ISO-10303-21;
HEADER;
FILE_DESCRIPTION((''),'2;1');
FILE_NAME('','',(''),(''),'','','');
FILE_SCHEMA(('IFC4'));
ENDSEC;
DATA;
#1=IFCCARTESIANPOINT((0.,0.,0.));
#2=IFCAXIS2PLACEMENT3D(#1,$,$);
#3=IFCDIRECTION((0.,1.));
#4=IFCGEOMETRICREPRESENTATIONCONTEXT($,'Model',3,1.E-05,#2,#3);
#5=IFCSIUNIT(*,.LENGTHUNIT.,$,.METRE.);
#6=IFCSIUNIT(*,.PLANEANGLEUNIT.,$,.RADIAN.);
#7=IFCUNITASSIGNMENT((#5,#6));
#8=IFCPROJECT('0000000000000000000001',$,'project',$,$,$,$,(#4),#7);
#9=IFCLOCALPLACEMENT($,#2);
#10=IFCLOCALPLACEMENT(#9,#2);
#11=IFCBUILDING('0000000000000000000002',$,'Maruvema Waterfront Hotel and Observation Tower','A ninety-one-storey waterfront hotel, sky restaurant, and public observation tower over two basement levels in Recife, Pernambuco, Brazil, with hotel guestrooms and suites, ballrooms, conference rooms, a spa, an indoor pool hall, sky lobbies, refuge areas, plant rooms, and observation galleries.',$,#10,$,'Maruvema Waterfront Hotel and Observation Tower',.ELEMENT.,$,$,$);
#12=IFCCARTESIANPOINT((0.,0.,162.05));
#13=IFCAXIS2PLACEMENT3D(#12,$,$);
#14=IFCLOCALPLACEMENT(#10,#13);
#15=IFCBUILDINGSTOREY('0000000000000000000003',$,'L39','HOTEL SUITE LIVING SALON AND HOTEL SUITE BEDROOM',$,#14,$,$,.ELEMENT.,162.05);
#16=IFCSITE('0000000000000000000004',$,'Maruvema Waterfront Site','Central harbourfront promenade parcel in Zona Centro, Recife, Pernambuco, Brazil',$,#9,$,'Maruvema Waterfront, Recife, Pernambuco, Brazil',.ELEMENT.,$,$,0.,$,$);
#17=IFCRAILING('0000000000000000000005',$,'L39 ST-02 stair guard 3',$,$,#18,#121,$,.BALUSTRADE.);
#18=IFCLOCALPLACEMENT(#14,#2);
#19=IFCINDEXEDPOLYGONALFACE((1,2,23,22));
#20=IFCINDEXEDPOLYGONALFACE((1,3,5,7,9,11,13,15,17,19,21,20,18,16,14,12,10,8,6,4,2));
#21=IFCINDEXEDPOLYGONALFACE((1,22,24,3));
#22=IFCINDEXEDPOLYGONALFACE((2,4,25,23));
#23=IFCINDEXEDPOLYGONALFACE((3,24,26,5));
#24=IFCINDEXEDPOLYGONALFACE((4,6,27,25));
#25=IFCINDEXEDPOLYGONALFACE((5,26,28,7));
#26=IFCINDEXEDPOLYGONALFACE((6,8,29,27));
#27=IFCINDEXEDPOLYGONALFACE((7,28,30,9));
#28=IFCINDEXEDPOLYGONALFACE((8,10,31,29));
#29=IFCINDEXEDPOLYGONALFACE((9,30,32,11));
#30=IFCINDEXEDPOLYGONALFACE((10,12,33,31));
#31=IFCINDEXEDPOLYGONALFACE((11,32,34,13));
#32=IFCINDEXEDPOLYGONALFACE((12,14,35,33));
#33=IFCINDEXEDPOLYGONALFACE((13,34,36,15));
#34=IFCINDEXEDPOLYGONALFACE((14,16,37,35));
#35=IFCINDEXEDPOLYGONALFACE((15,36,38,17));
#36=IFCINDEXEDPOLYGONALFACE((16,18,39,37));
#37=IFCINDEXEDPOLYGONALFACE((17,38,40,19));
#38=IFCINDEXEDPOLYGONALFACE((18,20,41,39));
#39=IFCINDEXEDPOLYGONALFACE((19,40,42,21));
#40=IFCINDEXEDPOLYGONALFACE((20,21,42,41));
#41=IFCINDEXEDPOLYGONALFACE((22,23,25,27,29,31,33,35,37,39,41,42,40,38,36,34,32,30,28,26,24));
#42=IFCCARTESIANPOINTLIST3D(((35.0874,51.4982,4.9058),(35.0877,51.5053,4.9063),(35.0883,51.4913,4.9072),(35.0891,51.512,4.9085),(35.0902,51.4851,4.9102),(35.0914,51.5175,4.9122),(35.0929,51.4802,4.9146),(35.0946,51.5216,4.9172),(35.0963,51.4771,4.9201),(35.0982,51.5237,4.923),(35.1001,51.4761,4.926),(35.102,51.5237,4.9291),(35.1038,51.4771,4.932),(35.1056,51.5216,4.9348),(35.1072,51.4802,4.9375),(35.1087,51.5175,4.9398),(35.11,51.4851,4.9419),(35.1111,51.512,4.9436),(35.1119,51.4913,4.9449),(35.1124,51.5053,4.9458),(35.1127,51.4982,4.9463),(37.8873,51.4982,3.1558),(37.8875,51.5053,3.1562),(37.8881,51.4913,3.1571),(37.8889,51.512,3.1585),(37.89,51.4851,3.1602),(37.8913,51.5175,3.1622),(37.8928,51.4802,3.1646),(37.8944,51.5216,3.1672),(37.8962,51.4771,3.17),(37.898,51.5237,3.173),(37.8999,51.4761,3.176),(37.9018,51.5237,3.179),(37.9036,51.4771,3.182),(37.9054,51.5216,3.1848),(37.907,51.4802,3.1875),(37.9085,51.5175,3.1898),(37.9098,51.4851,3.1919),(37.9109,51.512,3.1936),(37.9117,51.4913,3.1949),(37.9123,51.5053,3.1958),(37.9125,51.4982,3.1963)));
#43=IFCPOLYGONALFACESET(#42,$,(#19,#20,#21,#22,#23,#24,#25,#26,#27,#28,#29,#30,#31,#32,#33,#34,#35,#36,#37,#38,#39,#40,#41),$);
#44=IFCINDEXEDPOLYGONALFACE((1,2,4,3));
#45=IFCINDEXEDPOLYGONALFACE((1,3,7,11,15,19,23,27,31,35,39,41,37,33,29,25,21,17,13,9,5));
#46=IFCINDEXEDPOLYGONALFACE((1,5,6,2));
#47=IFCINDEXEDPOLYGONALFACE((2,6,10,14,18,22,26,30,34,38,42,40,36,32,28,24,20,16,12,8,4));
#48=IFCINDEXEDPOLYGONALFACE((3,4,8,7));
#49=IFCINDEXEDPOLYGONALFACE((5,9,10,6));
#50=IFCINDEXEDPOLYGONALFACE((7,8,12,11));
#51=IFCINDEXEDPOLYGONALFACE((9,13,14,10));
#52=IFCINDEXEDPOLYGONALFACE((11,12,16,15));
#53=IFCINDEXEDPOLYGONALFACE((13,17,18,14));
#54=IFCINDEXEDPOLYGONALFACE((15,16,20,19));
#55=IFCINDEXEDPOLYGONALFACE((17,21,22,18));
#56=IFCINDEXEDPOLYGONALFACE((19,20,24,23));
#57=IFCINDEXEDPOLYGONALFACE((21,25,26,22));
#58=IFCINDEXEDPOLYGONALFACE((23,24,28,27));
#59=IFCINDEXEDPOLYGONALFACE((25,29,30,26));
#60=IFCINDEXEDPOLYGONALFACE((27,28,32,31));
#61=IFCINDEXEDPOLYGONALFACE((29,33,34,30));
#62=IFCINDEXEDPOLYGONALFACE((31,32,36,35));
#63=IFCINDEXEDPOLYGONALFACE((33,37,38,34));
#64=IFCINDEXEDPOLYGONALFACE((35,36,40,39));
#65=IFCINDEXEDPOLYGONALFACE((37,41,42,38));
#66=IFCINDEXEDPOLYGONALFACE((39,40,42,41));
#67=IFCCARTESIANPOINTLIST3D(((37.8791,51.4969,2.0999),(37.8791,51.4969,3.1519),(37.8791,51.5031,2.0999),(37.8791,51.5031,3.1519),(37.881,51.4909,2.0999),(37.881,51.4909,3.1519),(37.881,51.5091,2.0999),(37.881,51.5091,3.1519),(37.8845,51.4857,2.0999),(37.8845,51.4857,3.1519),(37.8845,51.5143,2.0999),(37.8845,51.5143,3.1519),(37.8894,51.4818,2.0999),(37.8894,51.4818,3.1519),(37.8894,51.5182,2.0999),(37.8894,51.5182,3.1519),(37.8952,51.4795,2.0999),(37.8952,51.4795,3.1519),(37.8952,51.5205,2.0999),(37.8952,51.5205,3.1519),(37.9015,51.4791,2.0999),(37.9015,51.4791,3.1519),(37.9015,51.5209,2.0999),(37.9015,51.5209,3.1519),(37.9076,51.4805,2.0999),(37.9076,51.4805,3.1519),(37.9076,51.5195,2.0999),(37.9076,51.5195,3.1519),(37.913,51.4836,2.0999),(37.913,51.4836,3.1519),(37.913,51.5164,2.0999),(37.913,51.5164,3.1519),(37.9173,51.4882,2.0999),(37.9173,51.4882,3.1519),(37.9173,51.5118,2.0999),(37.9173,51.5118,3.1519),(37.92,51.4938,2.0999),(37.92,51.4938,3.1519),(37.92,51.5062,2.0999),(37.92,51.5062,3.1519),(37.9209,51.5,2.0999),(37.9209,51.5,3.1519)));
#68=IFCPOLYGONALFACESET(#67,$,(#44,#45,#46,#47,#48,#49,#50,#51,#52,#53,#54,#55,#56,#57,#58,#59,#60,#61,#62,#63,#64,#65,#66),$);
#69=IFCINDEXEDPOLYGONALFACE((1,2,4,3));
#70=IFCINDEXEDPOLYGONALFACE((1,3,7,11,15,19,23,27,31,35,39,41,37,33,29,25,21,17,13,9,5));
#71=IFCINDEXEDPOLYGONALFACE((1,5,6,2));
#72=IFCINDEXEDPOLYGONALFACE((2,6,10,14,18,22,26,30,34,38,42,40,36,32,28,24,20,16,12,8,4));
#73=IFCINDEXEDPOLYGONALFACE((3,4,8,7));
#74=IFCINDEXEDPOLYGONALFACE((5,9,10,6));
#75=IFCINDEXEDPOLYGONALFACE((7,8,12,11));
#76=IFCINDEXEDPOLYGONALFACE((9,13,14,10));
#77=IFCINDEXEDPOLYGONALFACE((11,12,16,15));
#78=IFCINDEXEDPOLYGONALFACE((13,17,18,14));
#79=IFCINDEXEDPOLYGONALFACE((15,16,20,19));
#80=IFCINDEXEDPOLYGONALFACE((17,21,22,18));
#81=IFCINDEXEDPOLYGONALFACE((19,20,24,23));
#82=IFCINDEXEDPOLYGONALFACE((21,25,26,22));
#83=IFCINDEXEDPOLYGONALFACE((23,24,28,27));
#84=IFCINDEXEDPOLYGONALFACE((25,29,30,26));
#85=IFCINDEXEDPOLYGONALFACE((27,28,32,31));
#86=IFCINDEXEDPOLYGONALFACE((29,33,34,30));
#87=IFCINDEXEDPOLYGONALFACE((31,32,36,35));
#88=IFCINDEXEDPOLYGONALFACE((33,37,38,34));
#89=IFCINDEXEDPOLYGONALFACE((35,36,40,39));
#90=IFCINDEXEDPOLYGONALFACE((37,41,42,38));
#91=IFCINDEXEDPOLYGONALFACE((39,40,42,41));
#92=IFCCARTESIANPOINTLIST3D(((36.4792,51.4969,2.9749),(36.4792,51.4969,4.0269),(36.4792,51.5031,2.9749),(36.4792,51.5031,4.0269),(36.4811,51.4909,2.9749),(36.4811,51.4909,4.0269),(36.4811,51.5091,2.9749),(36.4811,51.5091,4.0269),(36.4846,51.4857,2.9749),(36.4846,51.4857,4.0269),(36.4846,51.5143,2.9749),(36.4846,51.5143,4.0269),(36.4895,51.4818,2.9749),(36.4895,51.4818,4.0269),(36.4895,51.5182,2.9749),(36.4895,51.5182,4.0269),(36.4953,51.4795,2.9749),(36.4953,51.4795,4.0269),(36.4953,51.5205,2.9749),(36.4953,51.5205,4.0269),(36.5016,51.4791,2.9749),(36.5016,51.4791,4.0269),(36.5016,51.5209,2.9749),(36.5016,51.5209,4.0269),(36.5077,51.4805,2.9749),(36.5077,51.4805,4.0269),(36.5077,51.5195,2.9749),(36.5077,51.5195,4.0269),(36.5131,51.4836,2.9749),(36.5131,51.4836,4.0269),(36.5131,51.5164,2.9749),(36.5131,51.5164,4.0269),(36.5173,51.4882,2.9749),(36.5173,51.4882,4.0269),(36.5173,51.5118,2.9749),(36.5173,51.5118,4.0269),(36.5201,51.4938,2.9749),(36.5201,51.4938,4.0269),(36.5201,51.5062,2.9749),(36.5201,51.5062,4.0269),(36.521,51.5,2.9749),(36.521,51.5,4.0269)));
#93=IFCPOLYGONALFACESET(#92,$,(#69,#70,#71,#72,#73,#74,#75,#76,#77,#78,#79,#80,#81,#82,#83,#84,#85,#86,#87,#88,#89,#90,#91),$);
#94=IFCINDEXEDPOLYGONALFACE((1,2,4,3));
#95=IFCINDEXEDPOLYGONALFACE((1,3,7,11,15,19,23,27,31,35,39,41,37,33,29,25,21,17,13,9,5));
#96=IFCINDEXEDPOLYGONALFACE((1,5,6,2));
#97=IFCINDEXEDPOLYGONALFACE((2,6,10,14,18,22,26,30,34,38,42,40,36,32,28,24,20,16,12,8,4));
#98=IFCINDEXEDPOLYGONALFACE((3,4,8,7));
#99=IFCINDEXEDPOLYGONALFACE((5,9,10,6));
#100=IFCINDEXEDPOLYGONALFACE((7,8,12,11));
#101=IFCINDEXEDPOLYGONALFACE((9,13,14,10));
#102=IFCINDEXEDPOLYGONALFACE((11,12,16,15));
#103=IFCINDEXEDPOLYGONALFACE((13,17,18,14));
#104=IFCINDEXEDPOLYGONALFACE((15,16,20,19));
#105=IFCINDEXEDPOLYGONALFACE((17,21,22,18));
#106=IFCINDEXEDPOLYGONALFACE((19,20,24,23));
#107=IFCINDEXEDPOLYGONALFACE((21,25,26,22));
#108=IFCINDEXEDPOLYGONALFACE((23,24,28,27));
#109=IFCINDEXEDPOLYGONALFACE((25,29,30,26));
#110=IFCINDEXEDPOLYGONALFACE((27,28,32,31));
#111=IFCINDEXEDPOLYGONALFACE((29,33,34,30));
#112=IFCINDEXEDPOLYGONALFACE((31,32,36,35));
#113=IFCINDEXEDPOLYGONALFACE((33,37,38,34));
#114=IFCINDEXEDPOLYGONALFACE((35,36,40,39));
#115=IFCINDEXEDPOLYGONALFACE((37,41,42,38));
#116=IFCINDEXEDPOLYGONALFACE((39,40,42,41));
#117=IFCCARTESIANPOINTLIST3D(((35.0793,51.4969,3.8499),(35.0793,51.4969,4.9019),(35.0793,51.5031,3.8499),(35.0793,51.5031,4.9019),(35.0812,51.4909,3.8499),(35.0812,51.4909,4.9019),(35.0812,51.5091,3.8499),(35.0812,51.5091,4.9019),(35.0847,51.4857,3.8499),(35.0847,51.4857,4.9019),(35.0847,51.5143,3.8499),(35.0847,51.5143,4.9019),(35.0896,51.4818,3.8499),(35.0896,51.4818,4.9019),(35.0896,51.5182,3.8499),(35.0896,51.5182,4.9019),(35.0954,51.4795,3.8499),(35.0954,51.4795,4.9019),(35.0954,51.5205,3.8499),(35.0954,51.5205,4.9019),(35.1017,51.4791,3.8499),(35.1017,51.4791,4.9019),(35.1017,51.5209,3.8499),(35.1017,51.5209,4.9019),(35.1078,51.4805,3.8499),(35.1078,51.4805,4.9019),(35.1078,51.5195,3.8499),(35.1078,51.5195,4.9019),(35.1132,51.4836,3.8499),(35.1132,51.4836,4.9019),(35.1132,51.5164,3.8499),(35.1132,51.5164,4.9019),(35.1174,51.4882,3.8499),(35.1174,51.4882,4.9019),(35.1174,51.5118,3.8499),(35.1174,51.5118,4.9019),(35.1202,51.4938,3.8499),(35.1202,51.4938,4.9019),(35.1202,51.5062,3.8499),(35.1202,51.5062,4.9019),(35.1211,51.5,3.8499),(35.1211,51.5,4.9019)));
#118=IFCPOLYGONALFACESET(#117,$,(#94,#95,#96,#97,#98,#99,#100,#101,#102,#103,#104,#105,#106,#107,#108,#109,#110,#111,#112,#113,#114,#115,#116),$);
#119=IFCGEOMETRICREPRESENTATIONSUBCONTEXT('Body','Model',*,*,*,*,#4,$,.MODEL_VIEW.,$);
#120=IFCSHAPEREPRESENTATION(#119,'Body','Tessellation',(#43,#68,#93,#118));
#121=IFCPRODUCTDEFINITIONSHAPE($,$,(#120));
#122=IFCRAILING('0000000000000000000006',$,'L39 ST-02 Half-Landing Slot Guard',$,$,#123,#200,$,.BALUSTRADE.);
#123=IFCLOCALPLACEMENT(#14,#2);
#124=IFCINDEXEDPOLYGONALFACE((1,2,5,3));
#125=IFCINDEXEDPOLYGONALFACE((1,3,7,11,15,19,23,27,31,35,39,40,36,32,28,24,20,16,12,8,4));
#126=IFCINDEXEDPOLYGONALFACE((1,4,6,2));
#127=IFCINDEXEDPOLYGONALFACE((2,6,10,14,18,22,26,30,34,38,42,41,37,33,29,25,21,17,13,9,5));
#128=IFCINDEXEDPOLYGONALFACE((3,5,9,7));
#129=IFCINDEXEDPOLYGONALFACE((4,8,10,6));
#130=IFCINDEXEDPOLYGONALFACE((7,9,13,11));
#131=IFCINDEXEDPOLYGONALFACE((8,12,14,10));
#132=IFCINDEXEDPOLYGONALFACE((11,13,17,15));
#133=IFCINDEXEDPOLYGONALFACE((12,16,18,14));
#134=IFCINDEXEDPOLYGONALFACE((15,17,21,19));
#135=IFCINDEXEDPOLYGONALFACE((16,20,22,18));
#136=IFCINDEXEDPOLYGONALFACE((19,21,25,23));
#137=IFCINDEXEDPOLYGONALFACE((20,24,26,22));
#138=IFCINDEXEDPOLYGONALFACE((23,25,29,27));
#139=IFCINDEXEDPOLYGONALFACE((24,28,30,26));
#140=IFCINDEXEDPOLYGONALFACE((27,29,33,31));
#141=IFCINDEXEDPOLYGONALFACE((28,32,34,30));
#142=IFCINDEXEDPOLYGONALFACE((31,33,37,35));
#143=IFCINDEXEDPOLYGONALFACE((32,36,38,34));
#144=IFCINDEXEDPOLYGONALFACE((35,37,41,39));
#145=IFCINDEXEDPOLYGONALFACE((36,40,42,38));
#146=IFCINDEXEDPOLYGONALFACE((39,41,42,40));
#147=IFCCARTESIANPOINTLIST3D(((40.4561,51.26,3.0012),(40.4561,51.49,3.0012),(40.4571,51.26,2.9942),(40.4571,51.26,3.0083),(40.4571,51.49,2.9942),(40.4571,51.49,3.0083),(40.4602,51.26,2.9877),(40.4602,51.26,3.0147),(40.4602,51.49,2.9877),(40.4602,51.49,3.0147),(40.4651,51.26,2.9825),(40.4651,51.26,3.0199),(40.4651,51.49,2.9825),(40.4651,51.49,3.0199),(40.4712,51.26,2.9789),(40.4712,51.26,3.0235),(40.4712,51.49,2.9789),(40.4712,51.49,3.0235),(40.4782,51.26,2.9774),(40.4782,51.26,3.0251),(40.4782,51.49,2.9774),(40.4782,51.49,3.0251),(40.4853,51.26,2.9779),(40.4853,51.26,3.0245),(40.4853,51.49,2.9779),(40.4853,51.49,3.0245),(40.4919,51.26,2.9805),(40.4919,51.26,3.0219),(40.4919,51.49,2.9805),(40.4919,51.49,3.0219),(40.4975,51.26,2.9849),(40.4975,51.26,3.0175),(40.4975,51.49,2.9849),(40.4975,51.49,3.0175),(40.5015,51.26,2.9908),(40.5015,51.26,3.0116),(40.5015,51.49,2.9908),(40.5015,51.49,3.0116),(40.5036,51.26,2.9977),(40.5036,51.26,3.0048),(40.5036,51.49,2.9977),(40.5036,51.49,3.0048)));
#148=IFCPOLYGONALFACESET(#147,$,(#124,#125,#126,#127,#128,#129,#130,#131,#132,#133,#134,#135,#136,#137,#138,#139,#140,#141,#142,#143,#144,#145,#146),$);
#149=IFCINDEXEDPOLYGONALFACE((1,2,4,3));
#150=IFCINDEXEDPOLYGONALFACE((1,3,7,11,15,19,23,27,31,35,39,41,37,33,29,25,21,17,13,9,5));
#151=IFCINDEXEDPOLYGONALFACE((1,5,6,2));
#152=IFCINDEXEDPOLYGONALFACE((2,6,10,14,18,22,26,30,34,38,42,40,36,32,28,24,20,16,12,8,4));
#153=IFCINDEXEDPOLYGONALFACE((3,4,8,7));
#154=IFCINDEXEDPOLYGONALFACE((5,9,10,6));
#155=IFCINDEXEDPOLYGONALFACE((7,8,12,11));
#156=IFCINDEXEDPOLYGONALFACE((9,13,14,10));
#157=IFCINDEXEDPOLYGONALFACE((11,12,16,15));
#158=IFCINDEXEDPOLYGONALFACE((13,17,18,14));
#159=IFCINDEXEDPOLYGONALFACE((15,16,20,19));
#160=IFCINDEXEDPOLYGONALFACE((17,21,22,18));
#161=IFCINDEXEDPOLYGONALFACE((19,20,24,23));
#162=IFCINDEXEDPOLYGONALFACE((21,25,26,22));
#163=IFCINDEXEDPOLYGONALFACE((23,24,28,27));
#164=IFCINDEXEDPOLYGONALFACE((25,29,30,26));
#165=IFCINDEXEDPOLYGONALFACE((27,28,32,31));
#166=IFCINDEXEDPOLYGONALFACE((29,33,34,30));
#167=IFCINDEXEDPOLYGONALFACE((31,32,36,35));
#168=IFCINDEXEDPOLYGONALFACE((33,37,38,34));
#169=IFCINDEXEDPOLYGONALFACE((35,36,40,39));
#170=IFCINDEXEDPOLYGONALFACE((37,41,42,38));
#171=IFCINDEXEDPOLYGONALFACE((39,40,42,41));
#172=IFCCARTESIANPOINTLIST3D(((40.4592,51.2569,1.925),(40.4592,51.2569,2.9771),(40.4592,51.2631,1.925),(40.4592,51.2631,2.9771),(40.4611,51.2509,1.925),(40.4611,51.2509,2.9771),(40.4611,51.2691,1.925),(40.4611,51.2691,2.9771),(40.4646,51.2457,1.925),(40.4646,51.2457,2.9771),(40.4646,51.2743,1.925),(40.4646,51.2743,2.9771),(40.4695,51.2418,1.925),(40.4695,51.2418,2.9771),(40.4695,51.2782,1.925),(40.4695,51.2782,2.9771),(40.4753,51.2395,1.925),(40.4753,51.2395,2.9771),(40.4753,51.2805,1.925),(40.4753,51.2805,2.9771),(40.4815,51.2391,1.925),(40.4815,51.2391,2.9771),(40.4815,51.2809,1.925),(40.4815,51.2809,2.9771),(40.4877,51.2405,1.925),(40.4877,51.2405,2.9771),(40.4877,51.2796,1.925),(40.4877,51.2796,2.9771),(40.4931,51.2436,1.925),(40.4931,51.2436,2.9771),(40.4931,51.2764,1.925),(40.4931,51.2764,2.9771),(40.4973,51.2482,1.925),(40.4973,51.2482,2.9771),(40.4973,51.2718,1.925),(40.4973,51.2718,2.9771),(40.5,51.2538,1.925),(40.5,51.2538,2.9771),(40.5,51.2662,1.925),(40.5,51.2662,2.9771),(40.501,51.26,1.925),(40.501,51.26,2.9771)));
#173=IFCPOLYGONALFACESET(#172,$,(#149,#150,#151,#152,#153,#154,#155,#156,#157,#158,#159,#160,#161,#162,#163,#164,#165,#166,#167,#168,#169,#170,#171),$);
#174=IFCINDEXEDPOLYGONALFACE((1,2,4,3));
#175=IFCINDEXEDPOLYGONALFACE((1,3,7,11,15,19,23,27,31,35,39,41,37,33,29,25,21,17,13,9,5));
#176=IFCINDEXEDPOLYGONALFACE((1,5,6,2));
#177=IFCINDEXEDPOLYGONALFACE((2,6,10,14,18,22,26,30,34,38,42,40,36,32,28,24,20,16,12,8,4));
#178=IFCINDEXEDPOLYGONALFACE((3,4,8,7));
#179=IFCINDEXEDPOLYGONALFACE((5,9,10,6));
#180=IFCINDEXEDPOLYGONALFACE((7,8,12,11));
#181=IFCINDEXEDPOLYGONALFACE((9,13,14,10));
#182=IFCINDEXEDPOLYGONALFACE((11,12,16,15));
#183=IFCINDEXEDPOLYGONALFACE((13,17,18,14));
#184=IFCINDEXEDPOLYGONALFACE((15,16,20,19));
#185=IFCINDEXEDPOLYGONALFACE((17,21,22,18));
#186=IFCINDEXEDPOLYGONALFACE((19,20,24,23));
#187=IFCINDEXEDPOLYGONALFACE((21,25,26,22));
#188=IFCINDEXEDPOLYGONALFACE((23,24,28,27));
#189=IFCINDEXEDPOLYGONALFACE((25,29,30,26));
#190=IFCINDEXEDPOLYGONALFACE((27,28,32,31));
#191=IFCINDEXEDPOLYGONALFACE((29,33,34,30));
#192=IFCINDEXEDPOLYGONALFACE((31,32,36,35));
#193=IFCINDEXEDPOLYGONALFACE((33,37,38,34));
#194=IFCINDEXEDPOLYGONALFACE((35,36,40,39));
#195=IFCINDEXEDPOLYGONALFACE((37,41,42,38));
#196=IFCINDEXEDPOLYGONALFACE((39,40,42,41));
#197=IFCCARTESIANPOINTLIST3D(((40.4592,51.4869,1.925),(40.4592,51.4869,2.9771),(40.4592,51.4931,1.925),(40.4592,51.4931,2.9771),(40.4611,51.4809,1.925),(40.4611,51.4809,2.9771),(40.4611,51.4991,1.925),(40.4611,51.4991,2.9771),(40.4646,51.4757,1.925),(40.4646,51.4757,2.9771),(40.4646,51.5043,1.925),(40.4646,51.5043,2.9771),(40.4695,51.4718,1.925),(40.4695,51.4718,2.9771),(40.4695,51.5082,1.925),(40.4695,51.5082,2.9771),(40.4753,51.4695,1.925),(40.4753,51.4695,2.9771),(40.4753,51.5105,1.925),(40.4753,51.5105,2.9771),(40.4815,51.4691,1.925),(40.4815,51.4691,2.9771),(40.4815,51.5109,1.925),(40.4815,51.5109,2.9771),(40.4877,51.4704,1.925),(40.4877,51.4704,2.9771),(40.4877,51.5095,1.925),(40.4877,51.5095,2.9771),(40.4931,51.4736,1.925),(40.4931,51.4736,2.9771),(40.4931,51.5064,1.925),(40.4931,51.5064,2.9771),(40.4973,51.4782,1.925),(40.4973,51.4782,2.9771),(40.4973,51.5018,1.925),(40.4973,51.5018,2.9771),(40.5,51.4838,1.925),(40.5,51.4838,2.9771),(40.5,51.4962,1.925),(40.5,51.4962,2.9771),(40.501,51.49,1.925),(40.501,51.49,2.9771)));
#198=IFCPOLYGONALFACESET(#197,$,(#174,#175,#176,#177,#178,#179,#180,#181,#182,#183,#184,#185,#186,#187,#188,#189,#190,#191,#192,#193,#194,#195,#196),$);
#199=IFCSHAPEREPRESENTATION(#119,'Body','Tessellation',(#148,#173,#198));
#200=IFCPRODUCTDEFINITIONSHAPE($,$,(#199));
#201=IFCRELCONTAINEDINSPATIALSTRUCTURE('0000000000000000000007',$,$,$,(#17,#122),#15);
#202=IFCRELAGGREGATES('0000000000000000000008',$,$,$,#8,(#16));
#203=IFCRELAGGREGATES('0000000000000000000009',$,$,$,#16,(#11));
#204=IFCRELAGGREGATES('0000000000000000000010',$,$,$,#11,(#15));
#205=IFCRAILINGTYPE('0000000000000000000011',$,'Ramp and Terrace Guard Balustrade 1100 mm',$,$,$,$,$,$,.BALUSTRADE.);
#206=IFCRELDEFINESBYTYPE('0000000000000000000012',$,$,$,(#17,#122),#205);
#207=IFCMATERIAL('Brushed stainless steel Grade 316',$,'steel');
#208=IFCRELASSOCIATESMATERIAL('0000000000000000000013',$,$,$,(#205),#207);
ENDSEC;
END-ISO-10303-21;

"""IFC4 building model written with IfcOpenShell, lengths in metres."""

from ifc_helpers import new_model, si_unit, direction, frame, origin, origin_2d, place, context, subcontext, project, spatial, circle, extrude, material, type_object, element, save


model = new_model("IFC4")

# Units and contexts
model_context = context("Model", 3, precision=1e-05, world=origin(), true_north=direction((0.0, 1.0)))
body_context = subcontext(model_context, "Body", "Model", "MODEL_VIEW")
ifc_project = project(units=[si_unit("LENGTHUNIT", "METRE"), si_unit("PLANEANGLEUNIT", "RADIAN")], contexts=[model_context])

# Site, building, storey
site_placement = place(None, origin())
site = spatial("IfcSite", under=ifc_project, at=site_placement, Name="Maruvema Waterfront Site", Description="Central harbourfront promenade parcel in Zona Centro, Recife, Pernambuco, Brazil", LongName="Maruvema Waterfront, Recife, Pernambuco, Brazil", CompositionType="ELEMENT", RefElevation=0.0)
building_placement = place(site_placement, origin())
building = spatial("IfcBuilding", under=site, at=building_placement, Name="Maruvema Waterfront Hotel and Observation Tower", Description="A ninety-one-storey waterfront hotel, sky restaurant, and public observation tower over two basement levels in Recife, Pernambuco, Brazil, with hotel guestrooms and suites, ballrooms, conference rooms, a spa, an indoor pool hall, sky lobbies, refuge areas, plant rooms, and observation galleries.", LongName="Maruvema Waterfront Hotel and Observation Tower", CompositionType="ELEMENT")
storey_placement = place(building_placement, frame((0.0, 0.0, 162.05)))
storey = spatial("IfcBuildingStorey", under=building, at=storey_placement, Name="L39", Description="HOTEL SUITE LIVING SALON AND HOTEL SUITE BEDROOM", CompositionType="ELEMENT", Elevation=162.05)

# Railings
ifc_material_1 = material(Name="Brushed stainless steel Grade 316", Category="steel")
railing_type_1 = type_object("IfcRailingType", Name="Ramp and Terrace Guard Balustrade 1100 mm", PredefinedType="BALUSTRADE", material=ifc_material_1)
railing_1_placement = place(storey_placement, frame((37.8999, 51.5, 2.0999)))
element("IfcRailing", 1, at=railing_1_placement, inside=storey, type_object=railing_type_1, Name="L39 ST-02 stair guard 3", PredefinedType="BALUSTRADE", context=body_context, shape_type="SweptSolid", body=[
    extrude(circle(Radius=0.0239, at=origin_2d()), frame((0.0, 0.0, 1.0762), z_axis=(-0.847982, 0.0, 0.530026), x_axis=(0.0, -1.0, 0.0)), (0.0, 0.0, 1.0), 3.3018),
    extrude(circle(Radius=0.021, at=origin_2d()), origin(), (0.0, 0.0, 1.0), 1.052),
    extrude(circle(Radius=0.021, at=origin_2d()), frame((-1.3999, 0.0, 0.875)), (0.0, 0.0, 1.0), 1.052),
    extrude(circle(Radius=0.021, at=origin_2d()), frame((-2.7998, 0.0, 1.75)), (0.0, 0.0, 1.0), 1.052),
])
railing_2_placement = place(storey_placement, frame((40.48, 51.26, 1.925)))
element("IfcRailing", 2, at=railing_2_placement, inside=storey, type_object=railing_type_1, Name="L39 ST-02 Half-Landing Slot Guard", PredefinedType="BALUSTRADE", context=body_context, shape_type="SweptSolid", body=[
    extrude(circle(Radius=0.0239, at=origin_2d()), frame((0.0, 0.0, 1.0762), z_axis=(0.0, 1.0, 0.0), x_axis=(-1.0, 0.0, 0.0)), (0.0, 0.0, 1.0), 0.23),
    extrude(circle(Radius=0.021, at=origin_2d()), origin(), (0.0, 0.0, 1.0), 1.052),
    extrude(circle(Radius=0.021, at=origin_2d()), frame((0.0, 0.23, 0.0)), (0.0, 0.0, 1.0), 1.052),
])

save(model, "model.ifc")
